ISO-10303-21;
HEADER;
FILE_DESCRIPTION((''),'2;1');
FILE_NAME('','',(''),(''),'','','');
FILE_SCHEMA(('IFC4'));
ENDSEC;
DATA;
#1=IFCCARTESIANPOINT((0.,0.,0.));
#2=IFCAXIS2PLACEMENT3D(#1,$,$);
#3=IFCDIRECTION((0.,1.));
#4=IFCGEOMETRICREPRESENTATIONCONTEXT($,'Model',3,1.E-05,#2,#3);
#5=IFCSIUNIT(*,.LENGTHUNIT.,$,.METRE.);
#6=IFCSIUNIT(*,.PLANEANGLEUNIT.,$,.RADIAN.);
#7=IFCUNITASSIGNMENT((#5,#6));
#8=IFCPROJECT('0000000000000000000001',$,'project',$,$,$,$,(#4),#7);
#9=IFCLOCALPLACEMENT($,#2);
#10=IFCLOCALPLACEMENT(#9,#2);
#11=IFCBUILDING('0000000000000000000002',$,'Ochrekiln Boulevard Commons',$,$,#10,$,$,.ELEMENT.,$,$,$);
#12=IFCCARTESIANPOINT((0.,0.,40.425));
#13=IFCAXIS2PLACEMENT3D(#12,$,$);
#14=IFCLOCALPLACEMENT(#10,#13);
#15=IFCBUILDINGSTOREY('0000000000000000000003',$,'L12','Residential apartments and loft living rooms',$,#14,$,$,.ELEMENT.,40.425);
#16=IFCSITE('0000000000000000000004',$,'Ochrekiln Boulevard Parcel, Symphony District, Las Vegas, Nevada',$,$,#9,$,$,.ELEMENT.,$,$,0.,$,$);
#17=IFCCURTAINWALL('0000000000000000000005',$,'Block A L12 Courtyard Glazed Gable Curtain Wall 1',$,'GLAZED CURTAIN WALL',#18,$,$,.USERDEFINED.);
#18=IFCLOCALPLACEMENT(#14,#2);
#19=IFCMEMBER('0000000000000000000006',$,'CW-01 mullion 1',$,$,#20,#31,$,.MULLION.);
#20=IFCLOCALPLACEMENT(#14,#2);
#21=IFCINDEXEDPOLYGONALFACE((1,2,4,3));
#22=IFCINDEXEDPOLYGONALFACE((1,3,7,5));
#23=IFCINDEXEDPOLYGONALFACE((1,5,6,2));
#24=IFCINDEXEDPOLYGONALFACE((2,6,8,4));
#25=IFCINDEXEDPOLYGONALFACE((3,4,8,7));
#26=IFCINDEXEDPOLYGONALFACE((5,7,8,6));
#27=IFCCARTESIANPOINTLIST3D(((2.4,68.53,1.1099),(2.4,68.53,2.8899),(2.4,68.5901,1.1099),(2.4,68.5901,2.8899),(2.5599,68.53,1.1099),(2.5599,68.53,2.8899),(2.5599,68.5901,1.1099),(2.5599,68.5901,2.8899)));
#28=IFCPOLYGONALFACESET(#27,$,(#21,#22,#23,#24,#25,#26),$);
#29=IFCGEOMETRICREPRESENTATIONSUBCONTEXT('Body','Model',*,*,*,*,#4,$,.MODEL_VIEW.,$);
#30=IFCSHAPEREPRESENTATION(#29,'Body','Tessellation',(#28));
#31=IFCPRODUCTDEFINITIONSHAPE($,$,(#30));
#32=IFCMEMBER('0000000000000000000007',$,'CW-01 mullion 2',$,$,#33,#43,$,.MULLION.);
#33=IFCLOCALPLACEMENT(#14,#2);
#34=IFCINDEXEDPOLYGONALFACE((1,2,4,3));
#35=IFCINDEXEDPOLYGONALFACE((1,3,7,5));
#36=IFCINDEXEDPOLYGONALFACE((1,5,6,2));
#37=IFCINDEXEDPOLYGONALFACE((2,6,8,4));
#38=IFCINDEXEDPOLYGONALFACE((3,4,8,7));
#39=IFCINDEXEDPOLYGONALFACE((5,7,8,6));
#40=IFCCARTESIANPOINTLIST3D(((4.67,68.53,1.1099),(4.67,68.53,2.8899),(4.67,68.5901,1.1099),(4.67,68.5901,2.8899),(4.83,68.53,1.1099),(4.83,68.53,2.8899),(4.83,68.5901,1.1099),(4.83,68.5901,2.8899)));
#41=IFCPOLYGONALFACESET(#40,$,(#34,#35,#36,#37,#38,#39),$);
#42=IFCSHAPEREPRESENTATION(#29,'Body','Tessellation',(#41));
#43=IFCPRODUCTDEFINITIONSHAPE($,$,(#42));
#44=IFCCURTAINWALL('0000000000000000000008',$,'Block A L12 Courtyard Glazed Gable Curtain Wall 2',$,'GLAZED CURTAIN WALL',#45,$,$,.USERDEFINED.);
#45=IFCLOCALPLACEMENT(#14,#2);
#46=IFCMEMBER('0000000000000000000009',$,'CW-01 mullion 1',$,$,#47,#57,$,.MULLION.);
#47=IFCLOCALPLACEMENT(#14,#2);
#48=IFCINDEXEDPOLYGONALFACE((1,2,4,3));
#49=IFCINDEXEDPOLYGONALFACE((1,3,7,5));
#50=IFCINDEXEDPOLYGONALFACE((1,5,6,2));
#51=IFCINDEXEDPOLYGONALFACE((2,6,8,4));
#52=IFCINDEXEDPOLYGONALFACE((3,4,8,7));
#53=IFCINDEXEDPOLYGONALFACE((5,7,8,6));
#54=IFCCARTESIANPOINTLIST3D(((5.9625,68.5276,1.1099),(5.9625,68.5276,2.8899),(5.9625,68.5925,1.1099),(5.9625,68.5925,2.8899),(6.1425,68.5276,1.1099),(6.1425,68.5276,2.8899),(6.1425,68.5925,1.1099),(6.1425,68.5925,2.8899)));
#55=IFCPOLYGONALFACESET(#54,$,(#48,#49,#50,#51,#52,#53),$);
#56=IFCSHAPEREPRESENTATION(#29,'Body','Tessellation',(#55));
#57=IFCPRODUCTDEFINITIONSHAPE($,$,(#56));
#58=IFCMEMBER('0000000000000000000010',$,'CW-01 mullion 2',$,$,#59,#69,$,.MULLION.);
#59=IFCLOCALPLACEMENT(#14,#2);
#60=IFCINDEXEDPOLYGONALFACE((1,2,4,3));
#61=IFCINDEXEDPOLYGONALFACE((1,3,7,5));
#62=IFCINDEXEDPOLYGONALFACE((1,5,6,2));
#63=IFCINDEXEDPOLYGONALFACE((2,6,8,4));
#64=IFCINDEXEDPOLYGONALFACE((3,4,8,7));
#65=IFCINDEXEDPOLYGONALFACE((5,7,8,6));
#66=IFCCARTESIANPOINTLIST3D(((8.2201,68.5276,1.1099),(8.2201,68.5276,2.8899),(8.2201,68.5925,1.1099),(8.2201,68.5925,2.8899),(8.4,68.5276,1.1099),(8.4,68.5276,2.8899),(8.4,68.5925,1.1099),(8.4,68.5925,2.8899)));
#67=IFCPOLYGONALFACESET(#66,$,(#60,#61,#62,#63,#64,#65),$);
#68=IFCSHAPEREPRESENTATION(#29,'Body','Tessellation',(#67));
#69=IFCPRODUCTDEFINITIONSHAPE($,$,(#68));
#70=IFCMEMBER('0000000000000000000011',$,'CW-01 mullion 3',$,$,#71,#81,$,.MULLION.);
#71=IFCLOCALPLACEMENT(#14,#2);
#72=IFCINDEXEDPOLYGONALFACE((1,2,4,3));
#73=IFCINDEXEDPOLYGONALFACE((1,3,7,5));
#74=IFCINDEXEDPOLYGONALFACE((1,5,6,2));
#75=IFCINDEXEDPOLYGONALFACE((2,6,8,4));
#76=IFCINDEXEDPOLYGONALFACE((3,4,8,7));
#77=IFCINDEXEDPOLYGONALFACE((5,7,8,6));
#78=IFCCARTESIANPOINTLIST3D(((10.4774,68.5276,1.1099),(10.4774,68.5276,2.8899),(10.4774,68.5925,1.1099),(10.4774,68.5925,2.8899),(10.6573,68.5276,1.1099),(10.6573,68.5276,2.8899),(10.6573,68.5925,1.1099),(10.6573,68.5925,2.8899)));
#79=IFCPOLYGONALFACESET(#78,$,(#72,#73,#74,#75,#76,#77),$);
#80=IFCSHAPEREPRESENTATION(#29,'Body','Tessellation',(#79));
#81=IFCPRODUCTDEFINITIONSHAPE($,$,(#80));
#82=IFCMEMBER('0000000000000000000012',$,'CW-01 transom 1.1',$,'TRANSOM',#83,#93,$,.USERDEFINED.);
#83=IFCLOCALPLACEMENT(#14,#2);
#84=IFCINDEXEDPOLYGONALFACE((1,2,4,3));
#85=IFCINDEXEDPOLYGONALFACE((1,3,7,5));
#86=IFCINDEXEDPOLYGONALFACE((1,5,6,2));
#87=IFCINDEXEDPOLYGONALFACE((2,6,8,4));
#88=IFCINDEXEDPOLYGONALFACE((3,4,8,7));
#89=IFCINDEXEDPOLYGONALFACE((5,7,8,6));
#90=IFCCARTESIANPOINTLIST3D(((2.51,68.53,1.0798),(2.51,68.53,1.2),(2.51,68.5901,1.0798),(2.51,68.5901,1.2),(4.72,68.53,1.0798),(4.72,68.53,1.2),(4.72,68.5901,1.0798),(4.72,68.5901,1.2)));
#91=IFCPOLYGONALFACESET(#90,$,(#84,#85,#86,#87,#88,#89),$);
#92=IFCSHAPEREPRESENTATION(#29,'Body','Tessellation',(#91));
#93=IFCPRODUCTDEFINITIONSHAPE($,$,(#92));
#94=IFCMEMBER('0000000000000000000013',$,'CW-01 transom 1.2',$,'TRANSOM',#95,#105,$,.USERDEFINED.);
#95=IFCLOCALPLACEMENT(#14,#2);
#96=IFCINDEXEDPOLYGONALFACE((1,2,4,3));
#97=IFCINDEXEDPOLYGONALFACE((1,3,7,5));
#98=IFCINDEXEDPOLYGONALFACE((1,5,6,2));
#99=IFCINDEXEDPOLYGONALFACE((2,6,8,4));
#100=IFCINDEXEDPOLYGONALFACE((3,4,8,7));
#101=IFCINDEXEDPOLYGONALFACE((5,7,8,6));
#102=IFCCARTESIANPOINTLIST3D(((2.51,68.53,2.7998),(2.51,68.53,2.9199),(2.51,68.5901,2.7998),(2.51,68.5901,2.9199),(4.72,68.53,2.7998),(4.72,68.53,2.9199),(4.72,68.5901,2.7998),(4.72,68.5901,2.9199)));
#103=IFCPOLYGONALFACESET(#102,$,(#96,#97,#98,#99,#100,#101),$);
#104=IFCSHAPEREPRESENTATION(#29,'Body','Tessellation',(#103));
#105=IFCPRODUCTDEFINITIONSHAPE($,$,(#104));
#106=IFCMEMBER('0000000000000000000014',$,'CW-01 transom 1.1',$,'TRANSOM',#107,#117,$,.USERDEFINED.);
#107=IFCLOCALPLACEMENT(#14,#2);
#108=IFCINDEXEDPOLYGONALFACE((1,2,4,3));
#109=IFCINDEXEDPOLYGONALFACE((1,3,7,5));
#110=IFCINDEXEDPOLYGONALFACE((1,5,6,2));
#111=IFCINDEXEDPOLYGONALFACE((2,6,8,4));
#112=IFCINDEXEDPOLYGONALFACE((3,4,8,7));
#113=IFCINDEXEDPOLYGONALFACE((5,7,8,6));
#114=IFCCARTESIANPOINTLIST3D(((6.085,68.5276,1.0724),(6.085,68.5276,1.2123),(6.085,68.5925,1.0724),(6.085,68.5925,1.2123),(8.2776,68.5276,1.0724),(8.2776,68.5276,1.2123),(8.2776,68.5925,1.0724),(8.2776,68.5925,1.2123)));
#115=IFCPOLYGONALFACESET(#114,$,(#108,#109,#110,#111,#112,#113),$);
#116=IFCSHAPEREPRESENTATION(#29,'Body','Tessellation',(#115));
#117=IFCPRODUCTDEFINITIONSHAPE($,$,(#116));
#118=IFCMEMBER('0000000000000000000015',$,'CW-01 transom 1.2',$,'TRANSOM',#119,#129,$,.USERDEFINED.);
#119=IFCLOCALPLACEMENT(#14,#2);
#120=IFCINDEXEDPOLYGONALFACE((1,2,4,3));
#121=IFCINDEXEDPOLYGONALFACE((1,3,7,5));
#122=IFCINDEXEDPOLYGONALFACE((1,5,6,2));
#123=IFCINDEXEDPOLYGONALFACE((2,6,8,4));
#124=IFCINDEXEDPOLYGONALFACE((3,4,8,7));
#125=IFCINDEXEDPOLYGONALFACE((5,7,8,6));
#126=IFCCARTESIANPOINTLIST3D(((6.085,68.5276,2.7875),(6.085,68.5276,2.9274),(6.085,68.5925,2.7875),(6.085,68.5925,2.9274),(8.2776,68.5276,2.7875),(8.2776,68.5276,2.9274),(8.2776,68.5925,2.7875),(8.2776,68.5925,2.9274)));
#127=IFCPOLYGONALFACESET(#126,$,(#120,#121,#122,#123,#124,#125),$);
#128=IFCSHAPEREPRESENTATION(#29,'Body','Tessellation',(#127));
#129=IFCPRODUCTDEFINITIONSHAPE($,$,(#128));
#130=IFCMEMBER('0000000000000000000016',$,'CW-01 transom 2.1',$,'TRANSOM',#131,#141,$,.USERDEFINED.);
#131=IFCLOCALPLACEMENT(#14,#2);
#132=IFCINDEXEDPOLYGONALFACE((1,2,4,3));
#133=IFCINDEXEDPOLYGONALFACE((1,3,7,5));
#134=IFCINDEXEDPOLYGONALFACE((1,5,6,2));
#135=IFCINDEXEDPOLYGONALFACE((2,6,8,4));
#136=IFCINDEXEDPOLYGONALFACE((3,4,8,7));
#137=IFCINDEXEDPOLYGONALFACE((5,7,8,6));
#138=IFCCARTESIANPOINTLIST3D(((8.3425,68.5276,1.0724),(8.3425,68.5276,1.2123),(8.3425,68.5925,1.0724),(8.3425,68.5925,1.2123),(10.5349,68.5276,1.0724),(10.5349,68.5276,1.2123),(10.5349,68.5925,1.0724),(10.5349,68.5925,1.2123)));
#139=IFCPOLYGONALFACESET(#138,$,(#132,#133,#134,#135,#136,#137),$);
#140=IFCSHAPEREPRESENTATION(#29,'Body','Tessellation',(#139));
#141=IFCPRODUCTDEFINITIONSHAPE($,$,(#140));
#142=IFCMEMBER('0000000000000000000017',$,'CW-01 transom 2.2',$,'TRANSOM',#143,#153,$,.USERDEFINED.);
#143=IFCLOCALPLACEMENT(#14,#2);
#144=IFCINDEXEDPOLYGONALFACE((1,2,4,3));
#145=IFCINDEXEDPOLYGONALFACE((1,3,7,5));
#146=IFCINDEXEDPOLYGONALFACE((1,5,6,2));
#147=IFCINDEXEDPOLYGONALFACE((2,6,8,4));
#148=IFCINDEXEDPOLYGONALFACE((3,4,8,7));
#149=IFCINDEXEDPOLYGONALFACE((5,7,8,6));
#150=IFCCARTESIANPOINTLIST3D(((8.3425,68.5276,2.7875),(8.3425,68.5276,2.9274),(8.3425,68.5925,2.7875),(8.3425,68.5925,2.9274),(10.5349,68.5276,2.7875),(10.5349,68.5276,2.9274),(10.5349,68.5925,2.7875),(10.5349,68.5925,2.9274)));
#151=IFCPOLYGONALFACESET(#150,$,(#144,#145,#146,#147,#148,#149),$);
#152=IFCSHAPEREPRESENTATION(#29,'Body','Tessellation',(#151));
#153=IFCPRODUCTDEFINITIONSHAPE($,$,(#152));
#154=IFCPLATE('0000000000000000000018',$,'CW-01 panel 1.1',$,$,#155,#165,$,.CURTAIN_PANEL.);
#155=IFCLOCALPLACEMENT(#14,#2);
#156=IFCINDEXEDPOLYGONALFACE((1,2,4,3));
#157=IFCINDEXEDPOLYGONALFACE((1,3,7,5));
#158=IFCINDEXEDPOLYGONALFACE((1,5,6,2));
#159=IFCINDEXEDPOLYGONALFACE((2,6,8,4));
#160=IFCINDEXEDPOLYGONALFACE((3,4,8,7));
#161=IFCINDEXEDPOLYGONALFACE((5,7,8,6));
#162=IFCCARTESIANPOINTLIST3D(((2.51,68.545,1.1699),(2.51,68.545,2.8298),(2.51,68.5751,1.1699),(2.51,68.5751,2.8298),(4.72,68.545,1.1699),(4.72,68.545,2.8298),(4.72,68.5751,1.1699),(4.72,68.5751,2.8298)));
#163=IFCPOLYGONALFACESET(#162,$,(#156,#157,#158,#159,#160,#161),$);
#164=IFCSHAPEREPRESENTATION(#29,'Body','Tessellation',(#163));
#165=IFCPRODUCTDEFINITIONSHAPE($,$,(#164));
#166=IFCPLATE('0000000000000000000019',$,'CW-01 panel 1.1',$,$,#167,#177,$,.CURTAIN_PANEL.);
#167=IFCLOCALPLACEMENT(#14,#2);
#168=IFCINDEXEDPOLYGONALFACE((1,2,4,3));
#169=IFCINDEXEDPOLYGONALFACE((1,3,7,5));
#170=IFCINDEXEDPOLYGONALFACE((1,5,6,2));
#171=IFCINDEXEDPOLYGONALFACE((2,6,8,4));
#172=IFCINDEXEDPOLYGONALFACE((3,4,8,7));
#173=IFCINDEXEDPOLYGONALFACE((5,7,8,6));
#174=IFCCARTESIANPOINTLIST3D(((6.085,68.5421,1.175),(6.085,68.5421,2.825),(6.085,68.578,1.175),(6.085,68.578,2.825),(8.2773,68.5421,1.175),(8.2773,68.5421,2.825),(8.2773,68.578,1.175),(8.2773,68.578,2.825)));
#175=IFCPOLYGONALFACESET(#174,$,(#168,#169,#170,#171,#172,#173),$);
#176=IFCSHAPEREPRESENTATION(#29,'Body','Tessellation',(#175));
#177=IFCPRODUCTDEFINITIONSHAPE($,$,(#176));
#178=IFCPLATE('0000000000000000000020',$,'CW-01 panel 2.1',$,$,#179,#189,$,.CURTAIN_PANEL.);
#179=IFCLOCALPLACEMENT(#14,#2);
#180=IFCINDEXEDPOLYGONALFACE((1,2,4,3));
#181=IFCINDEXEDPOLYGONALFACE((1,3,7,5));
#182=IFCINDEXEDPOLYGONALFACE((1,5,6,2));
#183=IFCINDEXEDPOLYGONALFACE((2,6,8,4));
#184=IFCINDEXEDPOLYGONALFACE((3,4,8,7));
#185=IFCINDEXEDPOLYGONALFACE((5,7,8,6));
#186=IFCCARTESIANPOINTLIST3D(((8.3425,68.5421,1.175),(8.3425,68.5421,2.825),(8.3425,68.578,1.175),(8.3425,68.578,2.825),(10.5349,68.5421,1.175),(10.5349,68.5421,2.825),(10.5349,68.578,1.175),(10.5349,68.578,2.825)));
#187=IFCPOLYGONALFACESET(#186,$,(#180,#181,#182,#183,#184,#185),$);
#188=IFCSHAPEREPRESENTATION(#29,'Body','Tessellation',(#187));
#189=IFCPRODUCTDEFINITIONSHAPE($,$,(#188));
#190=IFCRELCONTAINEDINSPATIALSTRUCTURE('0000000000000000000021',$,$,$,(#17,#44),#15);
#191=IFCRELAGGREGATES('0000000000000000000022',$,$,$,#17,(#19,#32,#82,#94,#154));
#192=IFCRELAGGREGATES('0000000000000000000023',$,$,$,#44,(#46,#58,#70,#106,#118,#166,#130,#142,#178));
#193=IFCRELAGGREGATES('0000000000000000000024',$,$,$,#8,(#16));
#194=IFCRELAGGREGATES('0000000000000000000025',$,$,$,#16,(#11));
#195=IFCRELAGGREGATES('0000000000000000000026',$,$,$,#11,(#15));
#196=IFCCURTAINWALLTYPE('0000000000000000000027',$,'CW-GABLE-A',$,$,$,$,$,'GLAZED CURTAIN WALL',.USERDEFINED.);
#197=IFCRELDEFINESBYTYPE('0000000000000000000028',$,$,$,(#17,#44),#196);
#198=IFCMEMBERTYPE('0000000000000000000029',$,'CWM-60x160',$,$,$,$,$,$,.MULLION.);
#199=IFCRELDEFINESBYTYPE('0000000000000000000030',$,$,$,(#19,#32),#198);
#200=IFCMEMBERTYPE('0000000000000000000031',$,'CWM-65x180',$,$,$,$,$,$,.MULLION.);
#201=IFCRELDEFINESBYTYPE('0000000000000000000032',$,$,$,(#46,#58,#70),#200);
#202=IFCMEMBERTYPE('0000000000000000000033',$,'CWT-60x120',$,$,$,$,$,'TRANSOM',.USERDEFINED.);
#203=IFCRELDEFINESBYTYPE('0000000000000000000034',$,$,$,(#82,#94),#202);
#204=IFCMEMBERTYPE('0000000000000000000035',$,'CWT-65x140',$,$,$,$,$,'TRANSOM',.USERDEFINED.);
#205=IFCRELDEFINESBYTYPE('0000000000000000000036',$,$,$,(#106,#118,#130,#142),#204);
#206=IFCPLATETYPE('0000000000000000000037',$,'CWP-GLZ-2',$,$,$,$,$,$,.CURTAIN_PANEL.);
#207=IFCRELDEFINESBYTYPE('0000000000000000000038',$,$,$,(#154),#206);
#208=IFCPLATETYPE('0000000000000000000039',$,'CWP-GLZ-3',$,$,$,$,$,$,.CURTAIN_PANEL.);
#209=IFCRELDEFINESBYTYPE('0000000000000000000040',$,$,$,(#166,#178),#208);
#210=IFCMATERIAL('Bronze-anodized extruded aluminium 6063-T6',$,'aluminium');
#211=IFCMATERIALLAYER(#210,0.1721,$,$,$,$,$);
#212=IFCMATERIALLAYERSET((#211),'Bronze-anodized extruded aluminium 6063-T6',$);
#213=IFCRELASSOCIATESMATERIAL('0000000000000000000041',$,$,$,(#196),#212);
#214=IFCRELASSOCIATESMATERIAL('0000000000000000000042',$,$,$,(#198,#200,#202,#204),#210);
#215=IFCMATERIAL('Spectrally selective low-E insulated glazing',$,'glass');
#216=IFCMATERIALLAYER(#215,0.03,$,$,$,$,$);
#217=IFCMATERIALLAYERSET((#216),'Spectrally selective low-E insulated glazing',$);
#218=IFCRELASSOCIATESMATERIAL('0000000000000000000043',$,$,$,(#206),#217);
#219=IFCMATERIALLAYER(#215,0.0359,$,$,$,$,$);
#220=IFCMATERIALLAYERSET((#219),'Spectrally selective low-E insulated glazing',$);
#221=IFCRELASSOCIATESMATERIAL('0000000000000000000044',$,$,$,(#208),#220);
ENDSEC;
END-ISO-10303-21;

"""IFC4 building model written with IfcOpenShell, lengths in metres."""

from ifc_helpers import new_model, si_unit, direction, frame, origin, origin_2d, place, context, subcontext, project, spatial, rectangle, extrude, material, layer, layer_set, material_profile, profile_set, type_object, element, aggregate, save


model = new_model("IFC4")

# Units and contexts
model_context = context("Model", 3, precision=1e-05, world=origin(), true_north=direction((0.0, 1.0)))
body_context = subcontext(model_context, "Body", "Model", "MODEL_VIEW")
ifc_project = project(units=[si_unit("LENGTHUNIT", "METRE"), si_unit("PLANEANGLEUNIT", "RADIAN")], contexts=[model_context])

# Site, building, storey
site_placement = place(None, origin())
site = spatial("IfcSite", under=ifc_project, at=site_placement, Name="Ochrekiln Boulevard Parcel, Symphony District, Las Vegas, Nevada", CompositionType="ELEMENT", RefElevation=0.0)
building_placement = place(site_placement, origin())
building = spatial("IfcBuilding", under=site, at=building_placement, Name="Ochrekiln Boulevard Commons", CompositionType="ELEMENT")
storey_placement = place(building_placement, frame((0.0, 0.0, 40.425)))
storey = spatial("IfcBuildingStorey", under=building, at=storey_placement, Name="L12", Description="Residential apartments and loft living rooms", CompositionType="ELEMENT", Elevation=40.425)

# Curtain walls, members
ifc_material_1 = material(Name="Bronze-anodized extruded aluminium 6063-T6", Category="aluminium")
ifc_layer_1 = layer(ifc_material_1, 0.1721)
ifc_layer_set_1 = layer_set([ifc_layer_1], Name="Bronze-anodized extruded aluminium 6063-T6")
curtain_wall_type = type_object("IfcCurtainWallType", Name="CW-GABLE-A", ElementType="GLAZED CURTAIN WALL", PredefinedType="USERDEFINED", material=ifc_layer_set_1)
curtain_wall_1_placement = place(storey_placement, origin())
curtain_wall_1 = element("IfcCurtainWall", 1, at=curtain_wall_1_placement, inside=storey, type_object=curtain_wall_type, Name="Block A L12 Courtyard Glazed Gable Curtain Wall 1", ObjectType="GLAZED CURTAIN WALL", PredefinedType="USERDEFINED")
ifc_material_profile_1 = material_profile(ifc_material_1, rectangle(XDim=0.0601, YDim=0.1599, at=origin_2d()), Name="ALU-MUL-60x160")
ifc_profile_set_1 = profile_set([ifc_material_profile_1], Name="Bronze-anodized extruded aluminium 6063-T6")
member_type_1 = type_object("IfcMemberType", Name="CWM-60x160", PredefinedType="MULLION", material=ifc_profile_set_1)
member_1_placement = place(storey_placement, frame((2.48, 68.5601, 1.1099), z_axis=(0.0, 0.0, 1.0), x_axis=(0.0, 1.0, 0.0)))
member_1 = element("IfcMember", 2, at=member_1_placement, type_object=member_type_1, Name="CW-01 mullion 1", PredefinedType="MULLION", context=body_context, shape_type="SweptSolid", body=[
    extrude(rectangle(XDim=0.0601, YDim=0.1599, at=origin_2d()), origin(), (0.0, 0.0, 1.0), 1.78),
])
member_2_placement = place(storey_placement, frame((4.75, 68.5601, 1.1099), z_axis=(0.0, 0.0, 1.0), x_axis=(0.0, 1.0, 0.0)))
member_2 = element("IfcMember", 3, at=member_2_placement, type_object=member_type_1, Name="CW-01 mullion 2", PredefinedType="MULLION", context=body_context, shape_type="SweptSolid", body=[
    extrude(rectangle(XDim=0.0601, YDim=0.1599, at=origin_2d()), origin(), (0.0, 0.0, 1.0), 1.78),
])
curtain_wall_2_placement = place(storey_placement, origin())
curtain_wall_2 = element("IfcCurtainWall", 4, at=curtain_wall_2_placement, inside=storey, type_object=curtain_wall_type, Name="Block A L12 Courtyard Glazed Gable Curtain Wall 2", ObjectType="GLAZED CURTAIN WALL", PredefinedType="USERDEFINED")
ifc_material_profile_2 = material_profile(ifc_material_1, rectangle(XDim=0.0649, YDim=0.1799, at=origin_2d()), Name="ALU-MUL-65x180")
ifc_profile_set_2 = profile_set([ifc_material_profile_2], Name="Bronze-anodized extruded aluminium 6063-T6")
member_type_2 = type_object("IfcMemberType", Name="CWM-65x180", PredefinedType="MULLION", material=ifc_profile_set_2)
member_3_placement = place(storey_placement, frame((6.0525, 68.5601, 1.1099), z_axis=(0.0, 0.0, 1.0), x_axis=(0.0, 1.0, 0.0)))
member_3 = element("IfcMember", 5, at=member_3_placement, type_object=member_type_2, Name="CW-01 mullion 1", PredefinedType="MULLION", context=body_context, shape_type="SweptSolid", body=[
    extrude(rectangle(XDim=0.0649, YDim=0.1799, at=origin_2d()), origin(), (0.0, 0.0, 1.0), 1.78),
])
member_4_placement = place(storey_placement, frame((8.3101, 68.5601, 1.1099), z_axis=(0.0, 0.0, 1.0), x_axis=(0.0, 1.0, 0.0)))
member_4 = element("IfcMember", 6, at=member_4_placement, type_object=member_type_2, Name="CW-01 mullion 2", PredefinedType="MULLION", context=body_context, shape_type="SweptSolid", body=[
    extrude(rectangle(XDim=0.0649, YDim=0.1799, at=origin_2d()), origin(), (0.0, 0.0, 1.0), 1.78),
])
member_5_placement = place(storey_placement, frame((10.5674, 68.5601, 1.1099), z_axis=(0.0, 0.0, 1.0), x_axis=(0.0, 1.0, 0.0)))
member_5 = element("IfcMember", 7, at=member_5_placement, type_object=member_type_2, Name="CW-01 mullion 3", PredefinedType="MULLION", context=body_context, shape_type="SweptSolid", body=[
    extrude(rectangle(XDim=0.0649, YDim=0.1799, at=origin_2d()), origin(), (0.0, 0.0, 1.0), 1.78),
])

# Members
ifc_material_profile_3 = material_profile(ifc_material_1, rectangle(XDim=0.0601, YDim=0.1201, at=origin_2d()), Name="ALU-TRN-60x120")
ifc_profile_set_3 = profile_set([ifc_material_profile_3], Name="Bronze-anodized extruded aluminium 6063-T6")
member_type_3 = type_object("IfcMemberType", Name="CWT-60x120", ElementType="TRANSOM", PredefinedType="USERDEFINED", material=ifc_profile_set_3)
member_6_placement = place(storey_placement, frame((2.51, 68.5601, 1.1399), z_axis=(1.0, 0.0, 0.0), x_axis=(0.0, 1.0, 0.0)))
member_6 = element("IfcMember", 8, at=member_6_placement, type_object=member_type_3, Name="CW-01 transom 1.1", ObjectType="TRANSOM", PredefinedType="USERDEFINED", context=body_context, shape_type="SweptSolid", body=[
    extrude(rectangle(XDim=0.0601, YDim=0.1201, at=origin_2d()), origin(), (0.0, 0.0, 1.0), 2.21),
])
member_7_placement = place(storey_placement, frame((2.51, 68.5601, 2.8599), z_axis=(1.0, 0.0, 0.0), x_axis=(0.0, 1.0, 0.0)))
member_7 = element("IfcMember", 9, at=member_7_placement, type_object=member_type_3, Name="CW-01 transom 1.2", ObjectType="TRANSOM", PredefinedType="USERDEFINED", context=body_context, shape_type="SweptSolid", body=[
    extrude(rectangle(XDim=0.0601, YDim=0.1201, at=origin_2d()), origin(), (0.0, 0.0, 1.0), 2.21),
])
ifc_material_profile_4 = material_profile(ifc_material_1, rectangle(XDim=0.0649, YDim=0.1399, at=origin_2d()), Name="ALU-TRN-65x140")
ifc_profile_set_4 = profile_set([ifc_material_profile_4], Name="Bronze-anodized extruded aluminium 6063-T6")
member_type_4 = type_object("IfcMemberType", Name="CWT-65x140", ElementType="TRANSOM", PredefinedType="USERDEFINED", material=ifc_profile_set_4)
member_8_placement = place(storey_placement, frame((6.085, 68.5601, 1.1423), z_axis=(1.0, 0.0, 0.0), x_axis=(0.0, 1.0, 0.0)))
member_8 = element("IfcMember", 10, at=member_8_placement, type_object=member_type_4, Name="CW-01 transom 1.1", ObjectType="TRANSOM", PredefinedType="USERDEFINED", context=body_context, shape_type="SweptSolid", body=[
    extrude(rectangle(XDim=0.0649, YDim=0.1399, at=origin_2d()), origin(), (0.0, 0.0, 1.0), 2.1926),
])
member_9_placement = place(storey_placement, frame((6.085, 68.5601, 2.8574), z_axis=(1.0, 0.0, 0.0), x_axis=(0.0, 1.0, 0.0)))
member_9 = element("IfcMember", 11, at=member_9_placement, type_object=member_type_4, Name="CW-01 transom 1.2", ObjectType="TRANSOM", PredefinedType="USERDEFINED", context=body_context, shape_type="SweptSolid", body=[
    extrude(rectangle(XDim=0.0649, YDim=0.1399, at=origin_2d()), origin(), (0.0, 0.0, 1.0), 2.1926),
])
member_10_placement = place(storey_placement, frame((8.3425, 68.5601, 1.1423), z_axis=(1.0, 0.0, 0.0), x_axis=(0.0, 1.0, 0.0)))
member_10 = element("IfcMember", 12, at=member_10_placement, type_object=member_type_4, Name="CW-01 transom 2.1", ObjectType="TRANSOM", PredefinedType="USERDEFINED", context=body_context, shape_type="SweptSolid", body=[
    extrude(rectangle(XDim=0.0649, YDim=0.1399, at=origin_2d()), origin(), (0.0, 0.0, 1.0), 2.1924),
])
member_11_placement = place(storey_placement, frame((8.3425, 68.5601, 2.8574), z_axis=(1.0, 0.0, 0.0), x_axis=(0.0, 1.0, 0.0)))
member_11 = element("IfcMember", 13, at=member_11_placement, type_object=member_type_4, Name="CW-01 transom 2.2", ObjectType="TRANSOM", PredefinedType="USERDEFINED", context=body_context, shape_type="SweptSolid", body=[
    extrude(rectangle(XDim=0.0649, YDim=0.1399, at=origin_2d()), origin(), (0.0, 0.0, 1.0), 2.1924),
])

# Plates
ifc_material_2 = material(Name="Spectrally selective low-E insulated glazing", Category="glass")
ifc_layer_2 = layer(ifc_material_2, 0.03)
ifc_layer_set_2 = layer_set([ifc_layer_2], Name="Spectrally selective low-E insulated glazing")
plate_type_1 = type_object("IfcPlateType", Name="CWP-GLZ-2", PredefinedType="CURTAIN_PANEL", material=ifc_layer_set_2)
plate_1_placement = place(storey_placement, frame((3.615, 68.5601, 1.1699), z_axis=(0.0, 0.0, 1.0), x_axis=(1.0, 0.0, 0.0)))
plate_1 = element("IfcPlate", 14, at=plate_1_placement, type_object=plate_type_1, Name="CW-01 panel 1.1", PredefinedType="CURTAIN_PANEL", context=body_context, shape_type="SweptSolid", body=[
    extrude(rectangle(XDim=2.21, YDim=0.03, at=origin_2d()), origin(), (0.0, 0.0, 1.0), 1.6599),
])
aggregate(curtain_wall_1, [member_1, member_2, member_6, member_7, plate_1])
ifc_layer_3 = layer(ifc_material_2, 0.0359)
ifc_layer_set_3 = layer_set([ifc_layer_3], Name="Spectrally selective low-E insulated glazing")
plate_type_2 = type_object("IfcPlateType", Name="CWP-GLZ-3", PredefinedType="CURTAIN_PANEL", material=ifc_layer_set_3)
plate_2_placement = place(storey_placement, frame((7.1812, 68.5601, 1.175), z_axis=(0.0, 0.0, 1.0), x_axis=(1.0, 0.0, 0.0)))
plate_2 = element("IfcPlate", 15, at=plate_2_placement, type_object=plate_type_2, Name="CW-01 panel 1.1", PredefinedType="CURTAIN_PANEL", context=body_context, shape_type="SweptSolid", body=[
    extrude(rectangle(XDim=2.1924, YDim=0.0359, at=origin_2d()), origin(), (0.0, 0.0, 1.0), 1.6499),
])
plate_3_placement = place(storey_placement, frame((9.4387, 68.5601, 1.175), z_axis=(0.0, 0.0, 1.0), x_axis=(1.0, 0.0, 0.0)))
plate_3 = element("IfcPlate", 16, at=plate_3_placement, type_object=plate_type_2, Name="CW-01 panel 2.1", PredefinedType="CURTAIN_PANEL", context=body_context, shape_type="SweptSolid", body=[
    extrude(rectangle(XDim=2.1924, YDim=0.0359, at=origin_2d()), origin(), (0.0, 0.0, 1.0), 1.6499),
])
aggregate(curtain_wall_2, [member_3, member_4, member_5, member_8, member_9, plate_2, member_10, member_11, plate_3])

save(model, "model.ifc")
